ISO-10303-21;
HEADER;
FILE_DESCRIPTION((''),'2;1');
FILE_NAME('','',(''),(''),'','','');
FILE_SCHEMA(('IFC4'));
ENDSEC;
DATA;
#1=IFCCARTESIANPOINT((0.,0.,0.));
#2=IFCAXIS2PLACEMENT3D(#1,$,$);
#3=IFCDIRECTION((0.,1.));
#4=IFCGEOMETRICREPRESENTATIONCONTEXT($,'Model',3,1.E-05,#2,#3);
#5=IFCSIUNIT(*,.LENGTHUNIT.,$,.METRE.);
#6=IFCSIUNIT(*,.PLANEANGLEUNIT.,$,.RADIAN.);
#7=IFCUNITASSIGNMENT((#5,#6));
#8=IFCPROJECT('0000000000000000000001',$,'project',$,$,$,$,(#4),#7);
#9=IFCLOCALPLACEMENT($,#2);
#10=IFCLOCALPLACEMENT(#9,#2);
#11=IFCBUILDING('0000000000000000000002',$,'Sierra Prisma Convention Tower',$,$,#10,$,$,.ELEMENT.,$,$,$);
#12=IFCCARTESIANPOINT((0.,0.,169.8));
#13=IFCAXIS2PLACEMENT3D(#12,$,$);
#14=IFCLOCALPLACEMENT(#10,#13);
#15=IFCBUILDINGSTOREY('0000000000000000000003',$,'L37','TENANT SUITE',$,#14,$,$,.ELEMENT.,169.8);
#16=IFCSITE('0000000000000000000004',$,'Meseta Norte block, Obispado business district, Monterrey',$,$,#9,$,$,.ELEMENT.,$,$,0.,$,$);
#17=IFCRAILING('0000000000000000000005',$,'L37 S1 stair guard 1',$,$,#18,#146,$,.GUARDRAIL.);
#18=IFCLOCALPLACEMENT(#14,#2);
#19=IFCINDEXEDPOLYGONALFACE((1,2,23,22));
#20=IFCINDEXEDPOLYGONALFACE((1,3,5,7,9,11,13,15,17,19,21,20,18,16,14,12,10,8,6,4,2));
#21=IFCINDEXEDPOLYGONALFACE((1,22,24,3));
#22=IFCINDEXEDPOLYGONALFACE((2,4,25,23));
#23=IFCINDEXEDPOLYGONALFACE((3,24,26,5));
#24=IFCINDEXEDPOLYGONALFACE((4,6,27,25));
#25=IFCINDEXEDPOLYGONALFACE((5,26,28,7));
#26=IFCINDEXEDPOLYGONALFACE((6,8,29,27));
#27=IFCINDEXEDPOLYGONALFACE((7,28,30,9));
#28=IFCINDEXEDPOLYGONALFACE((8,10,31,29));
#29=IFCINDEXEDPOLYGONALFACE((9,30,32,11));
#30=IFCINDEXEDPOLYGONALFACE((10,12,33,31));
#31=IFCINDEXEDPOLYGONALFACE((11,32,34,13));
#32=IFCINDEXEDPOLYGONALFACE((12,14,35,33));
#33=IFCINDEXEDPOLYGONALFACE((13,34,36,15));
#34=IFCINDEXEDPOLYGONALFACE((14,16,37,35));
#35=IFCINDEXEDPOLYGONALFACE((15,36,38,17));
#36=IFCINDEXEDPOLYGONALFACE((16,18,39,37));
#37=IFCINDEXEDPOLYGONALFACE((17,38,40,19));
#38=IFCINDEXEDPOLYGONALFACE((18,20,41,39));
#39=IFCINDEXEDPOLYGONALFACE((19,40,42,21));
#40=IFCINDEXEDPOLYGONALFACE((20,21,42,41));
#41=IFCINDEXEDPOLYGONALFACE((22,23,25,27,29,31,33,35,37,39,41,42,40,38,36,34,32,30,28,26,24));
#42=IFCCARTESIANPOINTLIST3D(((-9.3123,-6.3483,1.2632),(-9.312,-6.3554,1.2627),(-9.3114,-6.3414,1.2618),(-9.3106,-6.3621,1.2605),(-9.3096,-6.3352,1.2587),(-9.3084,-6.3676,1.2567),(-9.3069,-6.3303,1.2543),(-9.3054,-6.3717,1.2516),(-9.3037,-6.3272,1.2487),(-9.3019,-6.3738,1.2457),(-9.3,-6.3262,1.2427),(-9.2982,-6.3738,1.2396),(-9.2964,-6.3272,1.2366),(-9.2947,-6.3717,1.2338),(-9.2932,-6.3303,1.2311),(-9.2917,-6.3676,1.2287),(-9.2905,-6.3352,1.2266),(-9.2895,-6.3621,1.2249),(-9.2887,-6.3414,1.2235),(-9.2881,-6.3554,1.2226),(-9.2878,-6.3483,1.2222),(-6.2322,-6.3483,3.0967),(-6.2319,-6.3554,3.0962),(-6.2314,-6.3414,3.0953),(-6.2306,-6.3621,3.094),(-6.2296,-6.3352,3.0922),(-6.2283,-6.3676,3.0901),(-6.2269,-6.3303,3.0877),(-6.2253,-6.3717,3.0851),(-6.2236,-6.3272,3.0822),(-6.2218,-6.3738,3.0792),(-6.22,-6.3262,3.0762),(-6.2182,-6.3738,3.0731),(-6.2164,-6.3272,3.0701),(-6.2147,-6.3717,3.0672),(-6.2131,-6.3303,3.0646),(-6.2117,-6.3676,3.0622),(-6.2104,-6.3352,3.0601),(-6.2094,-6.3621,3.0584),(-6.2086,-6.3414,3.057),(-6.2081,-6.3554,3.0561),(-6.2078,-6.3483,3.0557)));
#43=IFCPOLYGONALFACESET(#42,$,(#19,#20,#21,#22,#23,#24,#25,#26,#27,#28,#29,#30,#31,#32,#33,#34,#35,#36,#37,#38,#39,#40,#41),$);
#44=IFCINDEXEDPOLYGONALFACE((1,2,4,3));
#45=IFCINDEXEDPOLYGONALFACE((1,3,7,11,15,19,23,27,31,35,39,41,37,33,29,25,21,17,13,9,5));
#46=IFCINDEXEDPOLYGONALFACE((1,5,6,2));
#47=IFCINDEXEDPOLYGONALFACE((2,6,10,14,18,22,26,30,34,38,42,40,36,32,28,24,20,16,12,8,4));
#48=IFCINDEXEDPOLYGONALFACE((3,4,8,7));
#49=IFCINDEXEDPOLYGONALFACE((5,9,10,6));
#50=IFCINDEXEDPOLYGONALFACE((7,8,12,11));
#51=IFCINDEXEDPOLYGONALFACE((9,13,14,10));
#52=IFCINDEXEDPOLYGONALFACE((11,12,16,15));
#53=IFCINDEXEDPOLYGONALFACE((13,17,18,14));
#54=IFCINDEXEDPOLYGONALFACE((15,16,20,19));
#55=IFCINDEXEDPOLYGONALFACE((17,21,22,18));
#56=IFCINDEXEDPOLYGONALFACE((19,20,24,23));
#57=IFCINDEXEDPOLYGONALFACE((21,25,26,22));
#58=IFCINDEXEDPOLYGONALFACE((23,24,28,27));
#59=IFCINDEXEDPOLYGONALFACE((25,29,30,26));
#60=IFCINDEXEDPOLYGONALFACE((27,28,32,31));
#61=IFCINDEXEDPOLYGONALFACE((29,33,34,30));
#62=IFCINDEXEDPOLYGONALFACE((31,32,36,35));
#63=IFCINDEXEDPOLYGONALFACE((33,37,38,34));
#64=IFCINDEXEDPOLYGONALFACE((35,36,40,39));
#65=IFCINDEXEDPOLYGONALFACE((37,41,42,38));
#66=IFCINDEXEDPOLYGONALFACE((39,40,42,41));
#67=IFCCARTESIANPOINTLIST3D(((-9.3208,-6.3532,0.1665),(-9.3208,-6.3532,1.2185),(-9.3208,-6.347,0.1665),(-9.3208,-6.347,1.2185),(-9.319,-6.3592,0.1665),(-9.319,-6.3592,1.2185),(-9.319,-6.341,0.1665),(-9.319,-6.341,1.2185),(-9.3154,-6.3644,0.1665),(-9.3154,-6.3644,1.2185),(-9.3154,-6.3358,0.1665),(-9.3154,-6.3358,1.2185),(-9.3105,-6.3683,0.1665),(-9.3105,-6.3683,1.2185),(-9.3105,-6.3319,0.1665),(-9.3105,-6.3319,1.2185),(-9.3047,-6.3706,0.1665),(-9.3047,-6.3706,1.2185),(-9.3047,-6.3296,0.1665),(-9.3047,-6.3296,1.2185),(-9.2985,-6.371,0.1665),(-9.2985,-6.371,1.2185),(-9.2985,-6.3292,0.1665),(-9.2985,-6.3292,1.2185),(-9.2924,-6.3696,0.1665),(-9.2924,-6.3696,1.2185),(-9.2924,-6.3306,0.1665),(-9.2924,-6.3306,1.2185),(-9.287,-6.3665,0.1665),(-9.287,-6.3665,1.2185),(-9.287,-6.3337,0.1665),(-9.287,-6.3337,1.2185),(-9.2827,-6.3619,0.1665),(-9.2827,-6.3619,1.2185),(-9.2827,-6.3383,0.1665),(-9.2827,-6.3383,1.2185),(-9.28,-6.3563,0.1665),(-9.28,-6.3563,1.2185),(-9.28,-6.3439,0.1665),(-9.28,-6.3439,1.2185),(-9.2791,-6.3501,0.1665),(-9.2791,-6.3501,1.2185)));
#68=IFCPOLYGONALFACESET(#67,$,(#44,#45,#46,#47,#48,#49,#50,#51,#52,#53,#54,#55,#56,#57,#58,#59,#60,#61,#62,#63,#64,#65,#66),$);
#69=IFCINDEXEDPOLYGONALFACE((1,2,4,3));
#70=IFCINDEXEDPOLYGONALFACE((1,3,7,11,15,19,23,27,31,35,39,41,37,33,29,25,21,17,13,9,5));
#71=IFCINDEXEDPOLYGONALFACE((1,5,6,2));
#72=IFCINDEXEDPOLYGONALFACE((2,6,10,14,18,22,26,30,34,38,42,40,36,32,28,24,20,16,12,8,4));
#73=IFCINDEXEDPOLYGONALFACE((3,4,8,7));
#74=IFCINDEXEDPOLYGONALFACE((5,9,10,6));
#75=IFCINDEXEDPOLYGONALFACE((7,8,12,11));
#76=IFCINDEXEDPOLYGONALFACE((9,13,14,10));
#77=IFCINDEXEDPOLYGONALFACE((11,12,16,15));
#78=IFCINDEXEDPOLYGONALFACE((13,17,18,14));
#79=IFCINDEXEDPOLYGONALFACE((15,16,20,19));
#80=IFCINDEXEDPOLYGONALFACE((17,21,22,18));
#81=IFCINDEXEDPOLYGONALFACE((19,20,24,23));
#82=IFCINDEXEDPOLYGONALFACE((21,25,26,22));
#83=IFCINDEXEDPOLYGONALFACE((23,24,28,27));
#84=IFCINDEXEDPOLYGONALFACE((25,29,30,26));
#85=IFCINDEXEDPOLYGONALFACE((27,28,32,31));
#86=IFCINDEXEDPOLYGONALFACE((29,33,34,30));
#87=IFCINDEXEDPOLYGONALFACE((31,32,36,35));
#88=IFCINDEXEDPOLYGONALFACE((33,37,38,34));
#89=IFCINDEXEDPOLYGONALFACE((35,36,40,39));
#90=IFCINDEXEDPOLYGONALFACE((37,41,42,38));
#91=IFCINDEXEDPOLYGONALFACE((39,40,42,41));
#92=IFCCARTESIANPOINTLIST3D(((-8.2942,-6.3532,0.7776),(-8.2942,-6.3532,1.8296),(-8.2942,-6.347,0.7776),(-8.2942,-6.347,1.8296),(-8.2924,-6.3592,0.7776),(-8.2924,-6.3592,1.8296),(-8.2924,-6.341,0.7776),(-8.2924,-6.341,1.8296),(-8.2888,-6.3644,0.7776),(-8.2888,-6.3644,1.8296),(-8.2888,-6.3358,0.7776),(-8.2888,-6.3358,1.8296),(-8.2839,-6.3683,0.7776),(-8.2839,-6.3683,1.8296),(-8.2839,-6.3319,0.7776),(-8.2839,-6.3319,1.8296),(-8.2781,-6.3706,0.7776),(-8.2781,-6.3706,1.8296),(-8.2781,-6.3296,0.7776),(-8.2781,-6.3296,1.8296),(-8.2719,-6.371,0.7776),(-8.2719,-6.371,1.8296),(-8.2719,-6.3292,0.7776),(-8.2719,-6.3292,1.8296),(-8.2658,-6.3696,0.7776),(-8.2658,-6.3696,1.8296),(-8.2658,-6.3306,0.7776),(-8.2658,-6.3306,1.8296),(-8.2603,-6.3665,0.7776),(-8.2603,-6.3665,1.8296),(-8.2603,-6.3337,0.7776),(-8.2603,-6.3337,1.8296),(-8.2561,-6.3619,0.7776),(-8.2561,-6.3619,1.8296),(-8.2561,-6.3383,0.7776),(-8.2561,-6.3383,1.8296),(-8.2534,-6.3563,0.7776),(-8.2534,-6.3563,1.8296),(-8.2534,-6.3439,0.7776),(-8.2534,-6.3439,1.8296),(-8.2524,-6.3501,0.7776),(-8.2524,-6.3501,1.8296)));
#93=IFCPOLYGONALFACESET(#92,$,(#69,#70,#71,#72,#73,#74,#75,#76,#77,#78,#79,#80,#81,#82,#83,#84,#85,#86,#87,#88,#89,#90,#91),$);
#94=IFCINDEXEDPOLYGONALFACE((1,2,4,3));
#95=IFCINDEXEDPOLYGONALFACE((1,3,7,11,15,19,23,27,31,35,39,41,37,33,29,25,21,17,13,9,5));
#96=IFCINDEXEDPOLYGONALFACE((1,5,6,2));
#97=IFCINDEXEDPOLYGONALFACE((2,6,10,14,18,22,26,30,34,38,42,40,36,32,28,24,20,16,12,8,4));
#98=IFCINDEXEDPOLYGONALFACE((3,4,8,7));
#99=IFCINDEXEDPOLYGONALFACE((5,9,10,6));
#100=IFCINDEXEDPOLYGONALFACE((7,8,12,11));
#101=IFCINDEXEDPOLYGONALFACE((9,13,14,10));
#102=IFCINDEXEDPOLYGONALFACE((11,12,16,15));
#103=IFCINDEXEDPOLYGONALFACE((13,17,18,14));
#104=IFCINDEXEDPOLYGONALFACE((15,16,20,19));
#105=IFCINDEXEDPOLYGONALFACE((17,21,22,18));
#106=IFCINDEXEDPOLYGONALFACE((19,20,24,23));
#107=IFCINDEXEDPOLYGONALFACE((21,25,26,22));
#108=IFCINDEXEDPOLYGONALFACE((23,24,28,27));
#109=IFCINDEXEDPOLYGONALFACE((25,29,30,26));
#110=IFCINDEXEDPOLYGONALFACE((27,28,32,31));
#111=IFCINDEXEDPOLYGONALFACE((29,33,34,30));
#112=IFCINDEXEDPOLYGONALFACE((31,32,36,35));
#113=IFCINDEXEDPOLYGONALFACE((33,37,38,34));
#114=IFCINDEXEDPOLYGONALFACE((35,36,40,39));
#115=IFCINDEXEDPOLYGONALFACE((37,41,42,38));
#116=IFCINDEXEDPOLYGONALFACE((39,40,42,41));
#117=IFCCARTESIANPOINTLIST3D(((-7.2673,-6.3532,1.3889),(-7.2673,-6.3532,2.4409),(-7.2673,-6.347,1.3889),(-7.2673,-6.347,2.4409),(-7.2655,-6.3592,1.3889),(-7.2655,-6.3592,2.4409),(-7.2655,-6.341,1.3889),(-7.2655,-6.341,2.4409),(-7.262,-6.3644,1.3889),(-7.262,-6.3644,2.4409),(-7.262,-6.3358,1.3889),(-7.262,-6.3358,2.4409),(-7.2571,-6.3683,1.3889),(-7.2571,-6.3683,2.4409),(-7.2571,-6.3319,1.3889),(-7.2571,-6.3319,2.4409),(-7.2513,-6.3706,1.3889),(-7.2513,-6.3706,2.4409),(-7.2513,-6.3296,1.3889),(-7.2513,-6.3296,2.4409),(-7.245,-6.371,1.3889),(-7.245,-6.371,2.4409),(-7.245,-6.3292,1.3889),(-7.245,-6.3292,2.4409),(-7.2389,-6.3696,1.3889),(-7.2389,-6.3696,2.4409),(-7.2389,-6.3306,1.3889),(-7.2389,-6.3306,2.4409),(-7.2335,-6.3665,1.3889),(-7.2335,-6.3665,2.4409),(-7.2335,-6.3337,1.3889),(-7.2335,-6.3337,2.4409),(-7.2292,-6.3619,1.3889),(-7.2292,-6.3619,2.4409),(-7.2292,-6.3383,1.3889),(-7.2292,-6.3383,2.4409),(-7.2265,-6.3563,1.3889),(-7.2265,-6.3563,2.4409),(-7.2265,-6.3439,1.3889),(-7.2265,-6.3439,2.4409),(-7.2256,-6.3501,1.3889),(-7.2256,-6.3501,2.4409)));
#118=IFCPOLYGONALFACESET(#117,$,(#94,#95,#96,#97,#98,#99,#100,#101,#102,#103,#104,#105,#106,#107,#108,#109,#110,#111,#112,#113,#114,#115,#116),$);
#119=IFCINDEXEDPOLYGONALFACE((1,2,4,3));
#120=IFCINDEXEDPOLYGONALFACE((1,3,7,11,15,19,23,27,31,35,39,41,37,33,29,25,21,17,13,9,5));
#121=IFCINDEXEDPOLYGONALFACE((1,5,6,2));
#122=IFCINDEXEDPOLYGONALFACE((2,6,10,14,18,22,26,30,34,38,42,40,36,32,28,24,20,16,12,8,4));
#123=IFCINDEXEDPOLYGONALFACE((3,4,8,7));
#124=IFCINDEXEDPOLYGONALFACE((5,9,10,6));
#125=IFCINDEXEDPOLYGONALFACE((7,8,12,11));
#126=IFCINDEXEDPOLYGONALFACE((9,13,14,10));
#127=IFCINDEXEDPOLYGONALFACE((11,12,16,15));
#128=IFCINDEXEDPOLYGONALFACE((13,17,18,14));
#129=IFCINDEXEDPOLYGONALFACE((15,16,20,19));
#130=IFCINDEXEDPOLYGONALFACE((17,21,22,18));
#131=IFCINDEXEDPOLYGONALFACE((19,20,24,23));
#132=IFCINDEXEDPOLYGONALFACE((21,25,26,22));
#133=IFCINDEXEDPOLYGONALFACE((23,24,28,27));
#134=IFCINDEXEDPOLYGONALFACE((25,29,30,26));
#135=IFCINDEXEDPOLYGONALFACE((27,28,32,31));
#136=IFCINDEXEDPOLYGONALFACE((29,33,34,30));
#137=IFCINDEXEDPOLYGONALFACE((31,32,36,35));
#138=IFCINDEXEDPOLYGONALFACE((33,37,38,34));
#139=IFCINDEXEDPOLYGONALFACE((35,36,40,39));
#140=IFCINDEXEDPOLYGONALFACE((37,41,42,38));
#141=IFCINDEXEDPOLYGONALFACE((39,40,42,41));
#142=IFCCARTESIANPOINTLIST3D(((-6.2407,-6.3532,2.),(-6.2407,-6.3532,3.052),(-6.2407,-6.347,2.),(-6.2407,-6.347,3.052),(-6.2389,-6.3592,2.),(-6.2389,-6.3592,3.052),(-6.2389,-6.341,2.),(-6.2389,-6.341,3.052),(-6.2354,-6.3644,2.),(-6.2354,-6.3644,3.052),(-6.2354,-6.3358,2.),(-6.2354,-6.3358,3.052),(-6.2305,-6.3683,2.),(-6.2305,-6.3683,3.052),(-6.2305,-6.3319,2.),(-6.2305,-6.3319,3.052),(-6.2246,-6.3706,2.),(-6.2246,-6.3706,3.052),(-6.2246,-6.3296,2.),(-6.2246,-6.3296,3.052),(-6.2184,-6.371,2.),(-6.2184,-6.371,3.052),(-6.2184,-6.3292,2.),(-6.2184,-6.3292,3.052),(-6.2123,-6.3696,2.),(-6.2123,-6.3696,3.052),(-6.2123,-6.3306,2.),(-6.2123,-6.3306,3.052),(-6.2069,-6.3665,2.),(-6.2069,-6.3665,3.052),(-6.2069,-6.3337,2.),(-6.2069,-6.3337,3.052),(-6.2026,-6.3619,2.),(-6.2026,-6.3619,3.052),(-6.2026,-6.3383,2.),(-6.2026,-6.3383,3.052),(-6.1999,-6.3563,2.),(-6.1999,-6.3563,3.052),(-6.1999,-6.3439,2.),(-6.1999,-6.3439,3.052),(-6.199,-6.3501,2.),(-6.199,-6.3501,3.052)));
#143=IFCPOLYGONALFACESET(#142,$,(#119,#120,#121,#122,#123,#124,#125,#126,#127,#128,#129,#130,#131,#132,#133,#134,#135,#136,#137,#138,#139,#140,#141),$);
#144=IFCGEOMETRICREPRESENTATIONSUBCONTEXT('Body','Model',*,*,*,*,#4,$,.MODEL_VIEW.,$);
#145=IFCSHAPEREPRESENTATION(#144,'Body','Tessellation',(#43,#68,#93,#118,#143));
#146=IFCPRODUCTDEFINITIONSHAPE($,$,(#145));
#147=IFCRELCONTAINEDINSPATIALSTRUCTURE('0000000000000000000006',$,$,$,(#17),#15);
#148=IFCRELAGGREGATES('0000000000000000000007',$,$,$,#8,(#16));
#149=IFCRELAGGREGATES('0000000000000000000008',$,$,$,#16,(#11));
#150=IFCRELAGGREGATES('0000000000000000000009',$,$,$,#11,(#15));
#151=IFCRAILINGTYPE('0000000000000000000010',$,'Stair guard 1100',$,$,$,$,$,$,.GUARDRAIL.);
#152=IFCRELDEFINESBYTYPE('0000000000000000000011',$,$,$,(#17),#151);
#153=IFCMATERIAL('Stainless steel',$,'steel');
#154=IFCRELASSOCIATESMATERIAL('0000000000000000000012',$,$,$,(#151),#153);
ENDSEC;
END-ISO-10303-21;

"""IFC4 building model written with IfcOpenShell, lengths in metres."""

from ifc_helpers import new_model, si_unit, direction, frame, origin, origin_2d, place, context, subcontext, project, spatial, circle, extrude, material, type_object, element, save


model = new_model("IFC4")

# Units and contexts
model_context = context("Model", 3, precision=1e-05, world=origin(), true_north=direction((0.0, 1.0)))
body_context = subcontext(model_context, "Body", "Model", "MODEL_VIEW")
ifc_project = project(units=[si_unit("LENGTHUNIT", "METRE"), si_unit("PLANEANGLEUNIT", "RADIAN")], contexts=[model_context])

# Site, building, storey
site_placement = place(None, origin())
site = spatial("IfcSite", under=ifc_project, at=site_placement, Name="Meseta Norte block, Obispado business district, Monterrey", CompositionType="ELEMENT", RefElevation=0.0)
building_placement = place(site_placement, origin())
building = spatial("IfcBuilding", under=site, at=building_placement, Name="Sierra Prisma Convention Tower", CompositionType="ELEMENT")
storey_placement = place(building_placement, frame((0.0, 0.0, 169.8)))
storey = spatial("IfcBuildingStorey", under=building, at=storey_placement, Name="L37", Description="TENANT SUITE", CompositionType="ELEMENT", Elevation=169.8)

# Railing
ifc_material_1 = material(Name="Stainless steel", Category="steel")
railing_type_1 = type_object("IfcRailingType", Name="Stair guard 1100", PredefinedType="GUARDRAIL", material=ifc_material_1)
railing_1_placement = place(storey_placement, frame((-9.3, -6.3501, 0.1665)))
element("IfcRailing", 1, at=railing_1_placement, inside=storey, type_object=railing_type_1, Name="L37 S1 stair guard 1", PredefinedType="GUARDRAIL", context=body_context, shape_type="SweptSolid", body=[
    extrude(circle(Radius=0.0239, at=origin_2d()), frame((0.0, 0.0, 1.0762), z_axis=(0.859279, 0.0, 0.511508), x_axis=(0.0, 1.0, 0.0)), (0.0, 0.0, 1.0), 3.5845),
    extrude(circle(Radius=0.021, at=origin_2d()), origin(), (0.0, 0.0, 1.0), 1.052),
    extrude(circle(Radius=0.021, at=origin_2d()), frame((1.0266, 0.0, 0.6111)), (0.0, 0.0, 1.0), 1.052),
    extrude(circle(Radius=0.021, at=origin_2d()), frame((2.0535, 0.0, 1.2224)), (0.0, 0.0, 1.0), 1.052),
    extrude(circle(Radius=0.021, at=origin_2d()), frame((3.0801, 0.0, 1.8335)), (0.0, 0.0, 1.0), 1.052),
])

save(model, "model.ifc")
